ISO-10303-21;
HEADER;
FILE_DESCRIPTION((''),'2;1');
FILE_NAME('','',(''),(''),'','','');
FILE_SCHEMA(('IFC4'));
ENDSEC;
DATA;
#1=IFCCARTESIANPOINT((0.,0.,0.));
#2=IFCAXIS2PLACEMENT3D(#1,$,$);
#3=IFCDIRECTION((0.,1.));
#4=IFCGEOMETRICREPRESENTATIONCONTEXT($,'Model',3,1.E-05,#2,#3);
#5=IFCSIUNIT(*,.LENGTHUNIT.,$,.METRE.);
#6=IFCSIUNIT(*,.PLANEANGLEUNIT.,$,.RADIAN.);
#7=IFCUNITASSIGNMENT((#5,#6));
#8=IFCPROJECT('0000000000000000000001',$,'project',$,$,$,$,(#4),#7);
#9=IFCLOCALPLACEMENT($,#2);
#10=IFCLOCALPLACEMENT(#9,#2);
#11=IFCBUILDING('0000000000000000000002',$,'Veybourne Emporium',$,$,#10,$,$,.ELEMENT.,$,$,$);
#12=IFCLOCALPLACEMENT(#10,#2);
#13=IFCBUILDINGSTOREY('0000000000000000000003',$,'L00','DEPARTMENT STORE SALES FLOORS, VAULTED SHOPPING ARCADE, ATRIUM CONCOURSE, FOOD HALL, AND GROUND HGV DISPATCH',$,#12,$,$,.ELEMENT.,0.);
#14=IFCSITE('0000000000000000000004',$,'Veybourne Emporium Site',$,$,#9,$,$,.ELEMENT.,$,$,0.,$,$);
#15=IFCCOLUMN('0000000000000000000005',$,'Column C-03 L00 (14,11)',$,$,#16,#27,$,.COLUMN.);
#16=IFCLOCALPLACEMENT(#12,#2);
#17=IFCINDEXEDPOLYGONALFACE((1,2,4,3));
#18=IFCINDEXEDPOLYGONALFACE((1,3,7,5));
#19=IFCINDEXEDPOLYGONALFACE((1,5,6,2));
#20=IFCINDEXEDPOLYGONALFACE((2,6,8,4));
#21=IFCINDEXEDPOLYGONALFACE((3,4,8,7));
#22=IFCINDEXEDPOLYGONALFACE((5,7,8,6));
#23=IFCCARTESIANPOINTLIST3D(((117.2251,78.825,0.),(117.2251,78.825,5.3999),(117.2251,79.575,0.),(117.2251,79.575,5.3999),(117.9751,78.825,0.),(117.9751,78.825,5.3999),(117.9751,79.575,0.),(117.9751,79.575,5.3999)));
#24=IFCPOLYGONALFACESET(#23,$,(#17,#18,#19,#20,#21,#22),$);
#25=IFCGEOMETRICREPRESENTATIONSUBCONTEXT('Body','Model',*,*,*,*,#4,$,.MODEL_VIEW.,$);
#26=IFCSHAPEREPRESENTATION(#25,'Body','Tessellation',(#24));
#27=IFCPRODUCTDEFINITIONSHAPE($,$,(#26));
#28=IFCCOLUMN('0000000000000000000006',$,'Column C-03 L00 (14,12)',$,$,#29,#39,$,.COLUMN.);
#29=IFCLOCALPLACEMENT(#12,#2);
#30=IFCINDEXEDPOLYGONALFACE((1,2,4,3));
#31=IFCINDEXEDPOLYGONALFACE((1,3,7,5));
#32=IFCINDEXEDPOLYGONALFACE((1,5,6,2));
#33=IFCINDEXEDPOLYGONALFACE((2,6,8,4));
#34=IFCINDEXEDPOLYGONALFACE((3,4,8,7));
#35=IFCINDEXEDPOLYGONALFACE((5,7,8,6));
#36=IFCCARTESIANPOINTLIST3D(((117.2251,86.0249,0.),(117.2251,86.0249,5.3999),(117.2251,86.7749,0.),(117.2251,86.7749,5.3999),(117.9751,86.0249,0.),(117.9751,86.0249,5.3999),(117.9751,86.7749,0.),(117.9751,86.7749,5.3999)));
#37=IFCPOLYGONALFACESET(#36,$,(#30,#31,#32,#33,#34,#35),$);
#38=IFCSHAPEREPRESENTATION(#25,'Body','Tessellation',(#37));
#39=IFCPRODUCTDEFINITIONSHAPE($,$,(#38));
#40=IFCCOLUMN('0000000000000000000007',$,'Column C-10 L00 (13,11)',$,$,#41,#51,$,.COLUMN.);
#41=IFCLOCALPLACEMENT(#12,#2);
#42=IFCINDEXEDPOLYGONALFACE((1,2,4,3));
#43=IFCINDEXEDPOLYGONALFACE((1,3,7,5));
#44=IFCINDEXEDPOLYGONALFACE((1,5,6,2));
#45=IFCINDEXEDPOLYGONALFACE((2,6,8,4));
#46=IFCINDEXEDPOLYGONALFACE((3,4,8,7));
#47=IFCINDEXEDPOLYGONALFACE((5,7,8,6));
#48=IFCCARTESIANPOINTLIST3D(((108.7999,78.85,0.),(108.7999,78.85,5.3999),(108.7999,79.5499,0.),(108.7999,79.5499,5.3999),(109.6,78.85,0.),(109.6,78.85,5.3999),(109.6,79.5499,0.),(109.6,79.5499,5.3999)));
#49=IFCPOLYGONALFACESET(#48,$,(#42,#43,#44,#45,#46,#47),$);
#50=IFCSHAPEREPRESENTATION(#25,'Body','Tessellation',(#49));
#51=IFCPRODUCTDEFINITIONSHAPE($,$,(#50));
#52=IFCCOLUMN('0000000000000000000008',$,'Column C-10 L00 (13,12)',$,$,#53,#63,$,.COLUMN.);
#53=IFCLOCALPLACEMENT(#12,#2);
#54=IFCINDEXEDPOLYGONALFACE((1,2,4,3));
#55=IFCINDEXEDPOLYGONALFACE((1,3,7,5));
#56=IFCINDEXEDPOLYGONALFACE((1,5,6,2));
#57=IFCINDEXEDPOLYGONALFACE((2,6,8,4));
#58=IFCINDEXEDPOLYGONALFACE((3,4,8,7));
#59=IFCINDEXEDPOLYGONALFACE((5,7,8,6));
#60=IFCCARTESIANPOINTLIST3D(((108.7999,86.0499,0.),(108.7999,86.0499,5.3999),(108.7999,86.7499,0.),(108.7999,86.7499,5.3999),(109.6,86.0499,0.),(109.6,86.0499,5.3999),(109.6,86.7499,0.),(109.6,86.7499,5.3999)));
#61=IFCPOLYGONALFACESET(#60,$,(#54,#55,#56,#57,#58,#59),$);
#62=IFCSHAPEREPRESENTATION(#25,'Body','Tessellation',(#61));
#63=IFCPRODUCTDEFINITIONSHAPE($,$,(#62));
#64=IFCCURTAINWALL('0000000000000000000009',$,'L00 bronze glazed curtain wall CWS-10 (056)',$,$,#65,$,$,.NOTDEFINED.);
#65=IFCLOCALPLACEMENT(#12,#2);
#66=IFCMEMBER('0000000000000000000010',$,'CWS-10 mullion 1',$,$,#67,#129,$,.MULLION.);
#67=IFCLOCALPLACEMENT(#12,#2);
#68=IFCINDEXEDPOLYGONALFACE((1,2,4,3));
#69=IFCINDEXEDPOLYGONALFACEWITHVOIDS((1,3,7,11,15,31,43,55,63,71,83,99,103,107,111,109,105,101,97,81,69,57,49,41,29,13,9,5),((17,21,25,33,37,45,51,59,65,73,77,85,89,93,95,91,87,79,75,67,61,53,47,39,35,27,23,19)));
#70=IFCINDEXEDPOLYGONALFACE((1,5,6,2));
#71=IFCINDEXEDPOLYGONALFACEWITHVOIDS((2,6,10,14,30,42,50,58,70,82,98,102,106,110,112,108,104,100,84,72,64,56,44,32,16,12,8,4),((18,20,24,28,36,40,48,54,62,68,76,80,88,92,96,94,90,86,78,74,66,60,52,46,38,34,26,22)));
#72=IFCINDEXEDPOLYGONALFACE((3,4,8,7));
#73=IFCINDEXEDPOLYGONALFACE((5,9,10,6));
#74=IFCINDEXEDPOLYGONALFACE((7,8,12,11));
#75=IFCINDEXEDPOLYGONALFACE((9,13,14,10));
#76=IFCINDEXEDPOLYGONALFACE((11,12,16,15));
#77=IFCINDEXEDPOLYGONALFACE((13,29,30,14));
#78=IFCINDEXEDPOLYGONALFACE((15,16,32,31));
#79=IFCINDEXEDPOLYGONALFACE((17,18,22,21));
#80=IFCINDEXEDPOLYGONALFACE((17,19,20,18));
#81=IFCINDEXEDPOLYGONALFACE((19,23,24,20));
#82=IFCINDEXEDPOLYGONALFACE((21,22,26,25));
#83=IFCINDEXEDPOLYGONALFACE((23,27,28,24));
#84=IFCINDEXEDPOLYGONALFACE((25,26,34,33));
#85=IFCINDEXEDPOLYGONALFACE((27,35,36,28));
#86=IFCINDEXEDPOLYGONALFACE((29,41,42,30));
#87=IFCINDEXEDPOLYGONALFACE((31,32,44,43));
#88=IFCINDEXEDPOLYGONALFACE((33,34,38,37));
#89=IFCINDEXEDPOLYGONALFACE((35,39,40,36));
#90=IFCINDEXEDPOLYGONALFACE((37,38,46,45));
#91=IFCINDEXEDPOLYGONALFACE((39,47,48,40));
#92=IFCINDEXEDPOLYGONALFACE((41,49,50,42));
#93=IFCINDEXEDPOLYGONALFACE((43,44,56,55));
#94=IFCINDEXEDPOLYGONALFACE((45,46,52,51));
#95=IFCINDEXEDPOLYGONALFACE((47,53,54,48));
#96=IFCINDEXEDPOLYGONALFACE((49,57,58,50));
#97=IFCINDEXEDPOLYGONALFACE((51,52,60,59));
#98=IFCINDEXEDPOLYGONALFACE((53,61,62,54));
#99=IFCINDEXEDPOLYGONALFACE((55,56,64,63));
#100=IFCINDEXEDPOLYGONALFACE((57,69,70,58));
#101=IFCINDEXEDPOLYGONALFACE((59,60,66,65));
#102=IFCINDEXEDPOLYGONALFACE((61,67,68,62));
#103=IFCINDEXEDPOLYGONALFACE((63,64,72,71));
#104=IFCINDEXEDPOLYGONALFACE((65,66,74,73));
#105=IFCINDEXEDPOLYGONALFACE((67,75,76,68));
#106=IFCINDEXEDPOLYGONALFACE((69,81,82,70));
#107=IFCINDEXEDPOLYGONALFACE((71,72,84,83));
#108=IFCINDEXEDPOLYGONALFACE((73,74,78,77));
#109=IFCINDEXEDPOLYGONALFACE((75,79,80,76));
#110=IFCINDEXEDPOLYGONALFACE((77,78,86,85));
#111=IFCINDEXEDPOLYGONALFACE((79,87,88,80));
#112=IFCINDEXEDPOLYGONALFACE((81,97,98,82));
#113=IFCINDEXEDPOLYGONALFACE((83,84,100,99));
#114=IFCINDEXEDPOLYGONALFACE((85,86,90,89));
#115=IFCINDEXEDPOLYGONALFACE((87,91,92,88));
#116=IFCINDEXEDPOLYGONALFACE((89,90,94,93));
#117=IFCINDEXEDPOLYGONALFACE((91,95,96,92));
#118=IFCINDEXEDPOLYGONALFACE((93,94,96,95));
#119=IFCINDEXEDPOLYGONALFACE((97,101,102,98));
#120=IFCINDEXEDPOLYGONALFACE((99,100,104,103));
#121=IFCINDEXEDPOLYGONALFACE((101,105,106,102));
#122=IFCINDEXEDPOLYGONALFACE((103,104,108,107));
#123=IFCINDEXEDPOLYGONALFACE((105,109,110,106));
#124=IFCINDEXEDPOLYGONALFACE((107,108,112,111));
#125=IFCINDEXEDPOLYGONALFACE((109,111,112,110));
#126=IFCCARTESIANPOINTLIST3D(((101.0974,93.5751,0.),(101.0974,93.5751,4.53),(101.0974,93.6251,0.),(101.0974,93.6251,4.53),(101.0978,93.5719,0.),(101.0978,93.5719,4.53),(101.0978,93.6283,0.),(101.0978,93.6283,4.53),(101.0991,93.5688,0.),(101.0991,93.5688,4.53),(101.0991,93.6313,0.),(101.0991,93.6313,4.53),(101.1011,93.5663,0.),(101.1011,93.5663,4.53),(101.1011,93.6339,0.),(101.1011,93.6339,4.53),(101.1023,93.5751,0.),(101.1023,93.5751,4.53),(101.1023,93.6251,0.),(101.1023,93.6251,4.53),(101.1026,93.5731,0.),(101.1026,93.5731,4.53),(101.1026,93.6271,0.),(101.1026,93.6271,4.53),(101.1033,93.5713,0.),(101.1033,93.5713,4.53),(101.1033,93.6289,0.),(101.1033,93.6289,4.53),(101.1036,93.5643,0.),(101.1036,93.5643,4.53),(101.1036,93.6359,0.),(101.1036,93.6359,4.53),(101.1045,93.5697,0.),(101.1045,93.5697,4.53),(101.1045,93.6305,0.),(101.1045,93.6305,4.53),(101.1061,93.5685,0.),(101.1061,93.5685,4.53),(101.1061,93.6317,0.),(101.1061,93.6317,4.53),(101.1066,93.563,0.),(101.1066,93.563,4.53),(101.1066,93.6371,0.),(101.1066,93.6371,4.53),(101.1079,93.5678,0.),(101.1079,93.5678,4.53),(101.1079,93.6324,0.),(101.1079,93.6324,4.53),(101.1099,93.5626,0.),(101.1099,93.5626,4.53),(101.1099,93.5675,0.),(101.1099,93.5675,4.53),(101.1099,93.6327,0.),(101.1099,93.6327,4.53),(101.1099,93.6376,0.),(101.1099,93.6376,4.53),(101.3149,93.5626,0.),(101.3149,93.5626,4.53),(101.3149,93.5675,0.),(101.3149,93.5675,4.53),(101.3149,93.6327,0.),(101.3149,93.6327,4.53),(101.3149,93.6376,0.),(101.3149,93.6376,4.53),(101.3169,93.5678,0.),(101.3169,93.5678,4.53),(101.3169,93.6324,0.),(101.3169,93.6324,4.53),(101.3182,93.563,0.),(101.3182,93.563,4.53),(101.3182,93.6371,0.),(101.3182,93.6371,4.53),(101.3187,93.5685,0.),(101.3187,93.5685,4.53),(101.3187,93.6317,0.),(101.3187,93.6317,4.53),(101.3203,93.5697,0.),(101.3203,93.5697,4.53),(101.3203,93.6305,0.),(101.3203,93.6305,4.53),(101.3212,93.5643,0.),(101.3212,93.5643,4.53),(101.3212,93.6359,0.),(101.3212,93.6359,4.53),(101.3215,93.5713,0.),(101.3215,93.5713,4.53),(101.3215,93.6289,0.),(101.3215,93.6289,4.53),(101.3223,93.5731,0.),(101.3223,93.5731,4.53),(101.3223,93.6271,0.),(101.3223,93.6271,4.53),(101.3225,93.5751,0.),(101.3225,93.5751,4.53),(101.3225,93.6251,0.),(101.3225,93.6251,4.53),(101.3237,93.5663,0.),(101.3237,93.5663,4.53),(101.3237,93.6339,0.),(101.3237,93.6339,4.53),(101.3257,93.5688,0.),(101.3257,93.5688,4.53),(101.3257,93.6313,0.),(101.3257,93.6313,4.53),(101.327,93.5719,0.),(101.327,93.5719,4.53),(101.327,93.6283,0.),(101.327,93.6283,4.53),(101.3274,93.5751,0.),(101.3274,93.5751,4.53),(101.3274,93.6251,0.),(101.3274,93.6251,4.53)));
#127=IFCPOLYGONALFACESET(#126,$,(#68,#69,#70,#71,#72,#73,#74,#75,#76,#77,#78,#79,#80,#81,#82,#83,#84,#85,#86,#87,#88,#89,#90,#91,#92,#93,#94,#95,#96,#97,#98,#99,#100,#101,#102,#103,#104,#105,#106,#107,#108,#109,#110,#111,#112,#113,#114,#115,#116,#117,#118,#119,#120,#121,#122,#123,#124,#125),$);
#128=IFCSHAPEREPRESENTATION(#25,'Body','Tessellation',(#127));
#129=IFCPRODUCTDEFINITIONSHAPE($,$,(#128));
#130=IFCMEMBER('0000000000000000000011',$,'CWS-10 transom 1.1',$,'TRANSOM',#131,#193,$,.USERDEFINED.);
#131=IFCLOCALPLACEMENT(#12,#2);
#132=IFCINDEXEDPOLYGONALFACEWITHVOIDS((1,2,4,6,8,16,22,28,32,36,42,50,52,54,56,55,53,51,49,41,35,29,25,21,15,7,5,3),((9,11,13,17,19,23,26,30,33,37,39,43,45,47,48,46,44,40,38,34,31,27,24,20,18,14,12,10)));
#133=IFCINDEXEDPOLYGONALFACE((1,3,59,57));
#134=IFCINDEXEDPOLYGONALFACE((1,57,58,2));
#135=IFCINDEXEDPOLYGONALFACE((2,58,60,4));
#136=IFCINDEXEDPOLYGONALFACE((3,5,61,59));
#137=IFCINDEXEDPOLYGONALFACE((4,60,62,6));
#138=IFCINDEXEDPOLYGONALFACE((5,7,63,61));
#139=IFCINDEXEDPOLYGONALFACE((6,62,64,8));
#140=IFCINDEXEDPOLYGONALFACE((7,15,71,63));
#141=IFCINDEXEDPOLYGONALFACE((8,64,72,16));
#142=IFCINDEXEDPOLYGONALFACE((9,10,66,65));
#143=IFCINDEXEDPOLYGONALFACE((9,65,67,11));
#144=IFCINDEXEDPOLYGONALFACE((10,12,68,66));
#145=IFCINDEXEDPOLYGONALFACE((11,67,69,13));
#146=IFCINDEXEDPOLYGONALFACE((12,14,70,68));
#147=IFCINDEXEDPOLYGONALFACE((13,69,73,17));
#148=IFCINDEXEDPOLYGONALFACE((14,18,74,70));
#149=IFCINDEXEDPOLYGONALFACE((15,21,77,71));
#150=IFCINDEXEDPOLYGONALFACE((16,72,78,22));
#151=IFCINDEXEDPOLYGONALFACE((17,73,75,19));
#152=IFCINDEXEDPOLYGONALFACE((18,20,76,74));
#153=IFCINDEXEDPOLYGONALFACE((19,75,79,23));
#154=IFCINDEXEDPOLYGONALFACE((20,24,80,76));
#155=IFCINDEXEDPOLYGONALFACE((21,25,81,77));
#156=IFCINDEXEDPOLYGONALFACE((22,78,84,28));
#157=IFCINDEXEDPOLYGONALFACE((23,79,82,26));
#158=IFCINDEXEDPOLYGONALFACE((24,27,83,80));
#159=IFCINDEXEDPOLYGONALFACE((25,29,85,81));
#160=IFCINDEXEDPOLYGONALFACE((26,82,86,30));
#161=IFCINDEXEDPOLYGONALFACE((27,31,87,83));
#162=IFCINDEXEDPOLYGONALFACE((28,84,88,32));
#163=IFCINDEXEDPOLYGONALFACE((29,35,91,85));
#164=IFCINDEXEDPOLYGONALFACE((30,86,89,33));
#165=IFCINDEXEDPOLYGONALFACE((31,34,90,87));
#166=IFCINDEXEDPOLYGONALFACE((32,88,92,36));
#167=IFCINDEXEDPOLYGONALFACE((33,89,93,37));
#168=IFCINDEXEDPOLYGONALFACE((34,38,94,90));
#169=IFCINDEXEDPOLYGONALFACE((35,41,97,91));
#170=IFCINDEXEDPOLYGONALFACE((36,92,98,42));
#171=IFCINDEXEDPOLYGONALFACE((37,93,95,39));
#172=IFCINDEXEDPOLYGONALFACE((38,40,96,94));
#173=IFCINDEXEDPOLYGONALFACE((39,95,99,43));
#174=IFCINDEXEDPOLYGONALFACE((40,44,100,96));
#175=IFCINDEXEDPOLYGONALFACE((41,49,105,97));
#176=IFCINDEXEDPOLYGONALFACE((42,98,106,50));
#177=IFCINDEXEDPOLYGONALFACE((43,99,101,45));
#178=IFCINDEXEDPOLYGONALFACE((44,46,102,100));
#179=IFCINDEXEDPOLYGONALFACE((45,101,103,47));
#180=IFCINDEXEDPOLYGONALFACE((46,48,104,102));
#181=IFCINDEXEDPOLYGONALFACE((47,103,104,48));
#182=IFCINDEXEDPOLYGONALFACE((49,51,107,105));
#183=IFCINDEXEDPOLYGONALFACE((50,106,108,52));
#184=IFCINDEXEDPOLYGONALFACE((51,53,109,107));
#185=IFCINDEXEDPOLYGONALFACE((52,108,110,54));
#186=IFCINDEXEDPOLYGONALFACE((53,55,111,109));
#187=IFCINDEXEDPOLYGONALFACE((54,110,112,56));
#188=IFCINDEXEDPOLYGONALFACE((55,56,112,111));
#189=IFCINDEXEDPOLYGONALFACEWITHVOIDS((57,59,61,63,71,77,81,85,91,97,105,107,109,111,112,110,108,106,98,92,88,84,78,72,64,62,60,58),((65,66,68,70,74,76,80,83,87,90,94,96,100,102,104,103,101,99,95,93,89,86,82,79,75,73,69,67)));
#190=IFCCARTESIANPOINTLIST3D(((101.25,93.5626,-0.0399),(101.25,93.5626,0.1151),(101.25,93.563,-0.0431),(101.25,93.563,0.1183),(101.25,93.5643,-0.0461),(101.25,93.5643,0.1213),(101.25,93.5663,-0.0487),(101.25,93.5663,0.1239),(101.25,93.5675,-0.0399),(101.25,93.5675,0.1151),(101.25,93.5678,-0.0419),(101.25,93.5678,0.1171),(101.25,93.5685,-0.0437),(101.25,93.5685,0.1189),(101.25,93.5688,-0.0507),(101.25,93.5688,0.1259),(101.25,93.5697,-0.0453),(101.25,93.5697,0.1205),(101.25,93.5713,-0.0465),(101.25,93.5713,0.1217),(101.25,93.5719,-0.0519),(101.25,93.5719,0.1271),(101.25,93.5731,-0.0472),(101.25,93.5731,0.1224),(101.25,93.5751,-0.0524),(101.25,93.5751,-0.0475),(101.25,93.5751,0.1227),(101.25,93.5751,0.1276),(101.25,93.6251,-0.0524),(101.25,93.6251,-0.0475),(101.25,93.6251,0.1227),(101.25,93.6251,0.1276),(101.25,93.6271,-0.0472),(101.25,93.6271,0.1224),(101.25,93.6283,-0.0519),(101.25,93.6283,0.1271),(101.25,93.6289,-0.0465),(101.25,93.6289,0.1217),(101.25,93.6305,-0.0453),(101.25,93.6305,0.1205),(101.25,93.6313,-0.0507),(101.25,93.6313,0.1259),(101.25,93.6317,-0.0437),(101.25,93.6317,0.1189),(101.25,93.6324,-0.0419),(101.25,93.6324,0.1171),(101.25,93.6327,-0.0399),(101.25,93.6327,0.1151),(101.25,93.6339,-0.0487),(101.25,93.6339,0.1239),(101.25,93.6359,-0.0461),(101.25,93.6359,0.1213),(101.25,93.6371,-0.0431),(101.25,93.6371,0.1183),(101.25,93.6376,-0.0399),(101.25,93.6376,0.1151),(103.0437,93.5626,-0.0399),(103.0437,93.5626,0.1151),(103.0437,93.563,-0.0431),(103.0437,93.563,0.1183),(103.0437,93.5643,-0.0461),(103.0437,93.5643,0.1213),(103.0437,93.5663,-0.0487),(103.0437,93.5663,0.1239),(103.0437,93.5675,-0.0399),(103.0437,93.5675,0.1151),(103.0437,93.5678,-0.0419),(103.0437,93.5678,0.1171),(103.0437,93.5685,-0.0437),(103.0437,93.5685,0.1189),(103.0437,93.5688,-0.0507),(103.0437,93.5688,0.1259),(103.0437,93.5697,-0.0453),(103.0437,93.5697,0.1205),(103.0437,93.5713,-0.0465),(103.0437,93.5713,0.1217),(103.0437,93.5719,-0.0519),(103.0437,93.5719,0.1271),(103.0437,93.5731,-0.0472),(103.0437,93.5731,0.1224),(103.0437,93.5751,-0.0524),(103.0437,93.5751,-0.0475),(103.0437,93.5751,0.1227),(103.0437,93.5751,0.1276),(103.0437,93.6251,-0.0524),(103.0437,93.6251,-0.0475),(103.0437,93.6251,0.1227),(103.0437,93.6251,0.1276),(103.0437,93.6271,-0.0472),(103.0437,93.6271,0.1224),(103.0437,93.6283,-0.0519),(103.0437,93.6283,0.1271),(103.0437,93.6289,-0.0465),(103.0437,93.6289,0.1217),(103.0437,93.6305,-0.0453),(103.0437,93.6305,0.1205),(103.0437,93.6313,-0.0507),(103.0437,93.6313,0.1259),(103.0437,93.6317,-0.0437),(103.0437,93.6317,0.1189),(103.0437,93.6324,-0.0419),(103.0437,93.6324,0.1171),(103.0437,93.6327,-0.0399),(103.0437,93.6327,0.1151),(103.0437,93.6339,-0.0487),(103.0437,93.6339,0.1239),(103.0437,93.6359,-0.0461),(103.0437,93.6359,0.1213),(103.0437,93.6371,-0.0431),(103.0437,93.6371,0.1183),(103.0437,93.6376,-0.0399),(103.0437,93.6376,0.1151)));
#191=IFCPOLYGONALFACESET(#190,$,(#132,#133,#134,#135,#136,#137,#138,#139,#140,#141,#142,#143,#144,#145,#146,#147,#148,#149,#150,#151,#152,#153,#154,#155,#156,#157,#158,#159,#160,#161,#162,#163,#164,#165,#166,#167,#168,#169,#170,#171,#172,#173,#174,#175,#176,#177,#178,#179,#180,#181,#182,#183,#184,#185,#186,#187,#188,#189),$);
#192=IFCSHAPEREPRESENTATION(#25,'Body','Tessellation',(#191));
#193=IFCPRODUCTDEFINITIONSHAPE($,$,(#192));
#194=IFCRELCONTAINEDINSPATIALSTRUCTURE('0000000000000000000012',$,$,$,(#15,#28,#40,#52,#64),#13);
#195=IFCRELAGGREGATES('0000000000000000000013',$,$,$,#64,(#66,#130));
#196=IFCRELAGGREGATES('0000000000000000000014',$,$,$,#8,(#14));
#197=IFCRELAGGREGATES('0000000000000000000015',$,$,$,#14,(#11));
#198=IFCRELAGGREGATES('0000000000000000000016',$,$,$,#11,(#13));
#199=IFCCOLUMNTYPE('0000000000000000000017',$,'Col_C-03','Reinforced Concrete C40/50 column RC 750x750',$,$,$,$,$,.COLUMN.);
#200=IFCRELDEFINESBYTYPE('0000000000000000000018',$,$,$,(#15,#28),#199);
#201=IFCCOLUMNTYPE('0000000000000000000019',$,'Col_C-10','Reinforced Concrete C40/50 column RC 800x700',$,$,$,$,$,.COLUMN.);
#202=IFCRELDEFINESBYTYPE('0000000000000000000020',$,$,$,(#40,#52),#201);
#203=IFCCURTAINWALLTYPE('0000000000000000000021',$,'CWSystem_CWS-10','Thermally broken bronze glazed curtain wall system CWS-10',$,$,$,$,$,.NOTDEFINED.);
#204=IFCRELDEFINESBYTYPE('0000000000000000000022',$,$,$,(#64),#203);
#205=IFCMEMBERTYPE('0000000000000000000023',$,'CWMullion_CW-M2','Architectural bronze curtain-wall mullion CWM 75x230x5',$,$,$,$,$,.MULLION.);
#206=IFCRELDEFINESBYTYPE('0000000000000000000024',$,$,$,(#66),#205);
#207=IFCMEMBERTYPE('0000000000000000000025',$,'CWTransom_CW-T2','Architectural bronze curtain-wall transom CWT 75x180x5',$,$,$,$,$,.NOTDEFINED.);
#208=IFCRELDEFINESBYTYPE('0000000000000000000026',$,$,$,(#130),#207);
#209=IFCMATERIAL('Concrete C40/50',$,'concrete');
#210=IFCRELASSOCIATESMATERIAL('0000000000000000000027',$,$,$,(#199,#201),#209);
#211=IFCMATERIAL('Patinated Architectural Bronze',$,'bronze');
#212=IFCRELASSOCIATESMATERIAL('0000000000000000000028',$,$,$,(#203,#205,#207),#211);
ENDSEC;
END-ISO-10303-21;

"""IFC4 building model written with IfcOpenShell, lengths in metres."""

from ifc_helpers import new_model, si_unit, direction, frame, origin, origin_2d, place, context, subcontext, project, spatial, rectangle, hollow_rectangle, extrude, material, material_profile, profile_set, type_object, element, aggregate, save


model = new_model("IFC4")

# Units and contexts
model_context = context("Model", 3, precision=1e-05, world=origin(), true_north=direction((0.0, 1.0)))
body_context = subcontext(model_context, "Body", "Model", "MODEL_VIEW")
ifc_project = project(units=[si_unit("LENGTHUNIT", "METRE"), si_unit("PLANEANGLEUNIT", "RADIAN")], contexts=[model_context])

# Site, building, storey
site_placement = place(None, origin())
site = spatial("IfcSite", under=ifc_project, at=site_placement, Name="Veybourne Emporium Site", CompositionType="ELEMENT", RefElevation=0.0)
building_placement = place(site_placement, origin())
building = spatial("IfcBuilding", under=site, at=building_placement, Name="Veybourne Emporium", CompositionType="ELEMENT")
storey_placement = place(building_placement, origin())
storey = spatial("IfcBuildingStorey", under=building, at=storey_placement, Name="L00", Description="DEPARTMENT STORE SALES FLOORS, VAULTED SHOPPING ARCADE, ATRIUM CONCOURSE, FOOD HALL, AND GROUND HGV DISPATCH", CompositionType="ELEMENT", Elevation=0.0)

# Columns
ifc_material_1 = material(Name="Concrete C40/50", Category="concrete")
ifc_material_profile_1 = material_profile(ifc_material_1, rectangle(XDim=0.75, YDim=0.75, at=origin_2d()), Name="RC 750x750")
ifc_profile_set_1 = profile_set([ifc_material_profile_1], Name="Concrete C40/50")
column_type_1 = type_object("IfcColumnType", Name="Col_C-03", Description="Reinforced Concrete C40/50 column RC 750x750", PredefinedType="COLUMN", material=ifc_profile_set_1)
for number, where, z_axis, x_axis, name in (
    (1, (117.6001, 79.2, 0.0), (0.0, 0.0, 1.0), (1.0, 0.0, 0.0), "Column C-03 L00 (14,11)"),
    (2, (117.6001, 86.3999, 0.0), (0.0, 0.0, 1.0), (1.0, 0.0, 0.0), "Column C-03 L00 (14,12)"),
):
    element("IfcColumn", number, at=place(storey_placement, frame(where, z_axis=z_axis, x_axis=x_axis)), inside=storey, type_object=column_type_1, Name=name, PredefinedType="COLUMN", context=body_context, shape_type="SweptSolid", body=[
        extrude(rectangle(XDim=0.75, YDim=0.75, at=origin_2d()), origin(), (0.0, 0.0, 1.0), 5.3999),
    ])
ifc_material_profile_2 = material_profile(ifc_material_1, rectangle(XDim=0.8, YDim=0.7, at=origin_2d()), Name="RC 800x700")
ifc_profile_set_2 = profile_set([ifc_material_profile_2], Name="Concrete C40/50")
column_type_2 = type_object("IfcColumnType", Name="Col_C-10", Description="Reinforced Concrete C40/50 column RC 800x700", PredefinedType="COLUMN", material=ifc_profile_set_2)
for number, where, z_axis, x_axis, name in (
    (3, (109.2, 79.2, 0.0), (0.0, 0.0, 1.0), (1.0, 0.0, 0.0), "Column C-10 L00 (13,11)"),
    (4, (109.2, 86.3999, 0.0), (0.0, 0.0, 1.0), (1.0, 0.0, 0.0), "Column C-10 L00 (13,12)"),
):
    element("IfcColumn", number, at=place(storey_placement, frame(where, z_axis=z_axis, x_axis=x_axis)), inside=storey, type_object=column_type_2, Name=name, PredefinedType="COLUMN", context=body_context, shape_type="SweptSolid", body=[
        extrude(rectangle(XDim=0.8, YDim=0.7, at=origin_2d()), origin(), (0.0, 0.0, 1.0), 5.3999),
    ])

# Curtain wall, members
ifc_material_2 = material(Name="Patinated Architectural Bronze", Category="bronze")
curtain_wall_type = type_object("IfcCurtainWallType", Name="CWSystem_CWS-10", Description="Thermally broken bronze glazed curtain wall system CWS-10", PredefinedType="NOTDEFINED", material=ifc_material_2)
curtain_wall_placement = place(storey_placement, origin())
curtain_wall = element("IfcCurtainWall", 5, at=curtain_wall_placement, inside=storey, type_object=curtain_wall_type, Name="L00 bronze glazed curtain wall CWS-10 (056)", PredefinedType="NOTDEFINED")
ifc_material_profile_3 = material_profile(ifc_material_2, hollow_rectangle(XDim=0.075, YDim=0.23, WallThickness=0.0049, InnerFilletRadius=0.0076, OuterFilletRadius=0.0125, at=origin_2d()), Name="CWM 75x230x5")
ifc_profile_set_3 = profile_set([ifc_material_profile_3], Name="Patinated Architectural Bronze")
member_type_1 = type_object("IfcMemberType", Name="CWMullion_CW-M2", Description="Architectural bronze curtain-wall mullion CWM 75x230x5", PredefinedType="MULLION", material=ifc_profile_set_3)
member_1_placement = place(storey_placement, frame((101.2124, 93.6001, 0.0), z_axis=(0.0, 0.0, 1.0), x_axis=(0.0, 1.0, 0.0)))
member_1 = element("IfcMember", 6, at=member_1_placement, type_object=member_type_1, Name="CWS-10 mullion 1", PredefinedType="MULLION", context=body_context, shape_type="SweptSolid", body=[
    extrude(hollow_rectangle(XDim=0.075, YDim=0.23, WallThickness=0.0049, InnerFilletRadius=0.0076, OuterFilletRadius=0.0125, at=origin_2d()), origin(), (0.0, 0.0, 1.0), 4.53),
])
ifc_material_profile_4 = material_profile(ifc_material_2, hollow_rectangle(XDim=0.075, YDim=0.1799, WallThickness=0.0049, InnerFilletRadius=0.0076, OuterFilletRadius=0.0125, at=origin_2d()), Name="CWT 75x180x5")
ifc_profile_set_4 = profile_set([ifc_material_profile_4], Name="Patinated Architectural Bronze")
member_type_2 = type_object("IfcMemberType", Name="CWTransom_CW-T2", Description="Architectural bronze curtain-wall transom CWT 75x180x5", PredefinedType="NOTDEFINED", material=ifc_profile_set_4)
member_2_placement = place(storey_placement, frame((101.25, 93.6001, 0.0376), z_axis=(1.0, 0.0, 0.0), x_axis=(0.0, 1.0, 0.0)))
member_2 = element("IfcMember", 7, at=member_2_placement, type_object=member_type_2, Name="CWS-10 transom 1.1", ObjectType="TRANSOM", PredefinedType="USERDEFINED", context=body_context, shape_type="SweptSolid", body=[
    extrude(hollow_rectangle(XDim=0.075, YDim=0.1799, WallThickness=0.0049, InnerFilletRadius=0.0076, OuterFilletRadius=0.0125, at=origin_2d()), origin(), (0.0, 0.0, 1.0), 1.7937),
])
aggregate(curtain_wall, [member_1, member_2])

save(model, "model.ifc")
